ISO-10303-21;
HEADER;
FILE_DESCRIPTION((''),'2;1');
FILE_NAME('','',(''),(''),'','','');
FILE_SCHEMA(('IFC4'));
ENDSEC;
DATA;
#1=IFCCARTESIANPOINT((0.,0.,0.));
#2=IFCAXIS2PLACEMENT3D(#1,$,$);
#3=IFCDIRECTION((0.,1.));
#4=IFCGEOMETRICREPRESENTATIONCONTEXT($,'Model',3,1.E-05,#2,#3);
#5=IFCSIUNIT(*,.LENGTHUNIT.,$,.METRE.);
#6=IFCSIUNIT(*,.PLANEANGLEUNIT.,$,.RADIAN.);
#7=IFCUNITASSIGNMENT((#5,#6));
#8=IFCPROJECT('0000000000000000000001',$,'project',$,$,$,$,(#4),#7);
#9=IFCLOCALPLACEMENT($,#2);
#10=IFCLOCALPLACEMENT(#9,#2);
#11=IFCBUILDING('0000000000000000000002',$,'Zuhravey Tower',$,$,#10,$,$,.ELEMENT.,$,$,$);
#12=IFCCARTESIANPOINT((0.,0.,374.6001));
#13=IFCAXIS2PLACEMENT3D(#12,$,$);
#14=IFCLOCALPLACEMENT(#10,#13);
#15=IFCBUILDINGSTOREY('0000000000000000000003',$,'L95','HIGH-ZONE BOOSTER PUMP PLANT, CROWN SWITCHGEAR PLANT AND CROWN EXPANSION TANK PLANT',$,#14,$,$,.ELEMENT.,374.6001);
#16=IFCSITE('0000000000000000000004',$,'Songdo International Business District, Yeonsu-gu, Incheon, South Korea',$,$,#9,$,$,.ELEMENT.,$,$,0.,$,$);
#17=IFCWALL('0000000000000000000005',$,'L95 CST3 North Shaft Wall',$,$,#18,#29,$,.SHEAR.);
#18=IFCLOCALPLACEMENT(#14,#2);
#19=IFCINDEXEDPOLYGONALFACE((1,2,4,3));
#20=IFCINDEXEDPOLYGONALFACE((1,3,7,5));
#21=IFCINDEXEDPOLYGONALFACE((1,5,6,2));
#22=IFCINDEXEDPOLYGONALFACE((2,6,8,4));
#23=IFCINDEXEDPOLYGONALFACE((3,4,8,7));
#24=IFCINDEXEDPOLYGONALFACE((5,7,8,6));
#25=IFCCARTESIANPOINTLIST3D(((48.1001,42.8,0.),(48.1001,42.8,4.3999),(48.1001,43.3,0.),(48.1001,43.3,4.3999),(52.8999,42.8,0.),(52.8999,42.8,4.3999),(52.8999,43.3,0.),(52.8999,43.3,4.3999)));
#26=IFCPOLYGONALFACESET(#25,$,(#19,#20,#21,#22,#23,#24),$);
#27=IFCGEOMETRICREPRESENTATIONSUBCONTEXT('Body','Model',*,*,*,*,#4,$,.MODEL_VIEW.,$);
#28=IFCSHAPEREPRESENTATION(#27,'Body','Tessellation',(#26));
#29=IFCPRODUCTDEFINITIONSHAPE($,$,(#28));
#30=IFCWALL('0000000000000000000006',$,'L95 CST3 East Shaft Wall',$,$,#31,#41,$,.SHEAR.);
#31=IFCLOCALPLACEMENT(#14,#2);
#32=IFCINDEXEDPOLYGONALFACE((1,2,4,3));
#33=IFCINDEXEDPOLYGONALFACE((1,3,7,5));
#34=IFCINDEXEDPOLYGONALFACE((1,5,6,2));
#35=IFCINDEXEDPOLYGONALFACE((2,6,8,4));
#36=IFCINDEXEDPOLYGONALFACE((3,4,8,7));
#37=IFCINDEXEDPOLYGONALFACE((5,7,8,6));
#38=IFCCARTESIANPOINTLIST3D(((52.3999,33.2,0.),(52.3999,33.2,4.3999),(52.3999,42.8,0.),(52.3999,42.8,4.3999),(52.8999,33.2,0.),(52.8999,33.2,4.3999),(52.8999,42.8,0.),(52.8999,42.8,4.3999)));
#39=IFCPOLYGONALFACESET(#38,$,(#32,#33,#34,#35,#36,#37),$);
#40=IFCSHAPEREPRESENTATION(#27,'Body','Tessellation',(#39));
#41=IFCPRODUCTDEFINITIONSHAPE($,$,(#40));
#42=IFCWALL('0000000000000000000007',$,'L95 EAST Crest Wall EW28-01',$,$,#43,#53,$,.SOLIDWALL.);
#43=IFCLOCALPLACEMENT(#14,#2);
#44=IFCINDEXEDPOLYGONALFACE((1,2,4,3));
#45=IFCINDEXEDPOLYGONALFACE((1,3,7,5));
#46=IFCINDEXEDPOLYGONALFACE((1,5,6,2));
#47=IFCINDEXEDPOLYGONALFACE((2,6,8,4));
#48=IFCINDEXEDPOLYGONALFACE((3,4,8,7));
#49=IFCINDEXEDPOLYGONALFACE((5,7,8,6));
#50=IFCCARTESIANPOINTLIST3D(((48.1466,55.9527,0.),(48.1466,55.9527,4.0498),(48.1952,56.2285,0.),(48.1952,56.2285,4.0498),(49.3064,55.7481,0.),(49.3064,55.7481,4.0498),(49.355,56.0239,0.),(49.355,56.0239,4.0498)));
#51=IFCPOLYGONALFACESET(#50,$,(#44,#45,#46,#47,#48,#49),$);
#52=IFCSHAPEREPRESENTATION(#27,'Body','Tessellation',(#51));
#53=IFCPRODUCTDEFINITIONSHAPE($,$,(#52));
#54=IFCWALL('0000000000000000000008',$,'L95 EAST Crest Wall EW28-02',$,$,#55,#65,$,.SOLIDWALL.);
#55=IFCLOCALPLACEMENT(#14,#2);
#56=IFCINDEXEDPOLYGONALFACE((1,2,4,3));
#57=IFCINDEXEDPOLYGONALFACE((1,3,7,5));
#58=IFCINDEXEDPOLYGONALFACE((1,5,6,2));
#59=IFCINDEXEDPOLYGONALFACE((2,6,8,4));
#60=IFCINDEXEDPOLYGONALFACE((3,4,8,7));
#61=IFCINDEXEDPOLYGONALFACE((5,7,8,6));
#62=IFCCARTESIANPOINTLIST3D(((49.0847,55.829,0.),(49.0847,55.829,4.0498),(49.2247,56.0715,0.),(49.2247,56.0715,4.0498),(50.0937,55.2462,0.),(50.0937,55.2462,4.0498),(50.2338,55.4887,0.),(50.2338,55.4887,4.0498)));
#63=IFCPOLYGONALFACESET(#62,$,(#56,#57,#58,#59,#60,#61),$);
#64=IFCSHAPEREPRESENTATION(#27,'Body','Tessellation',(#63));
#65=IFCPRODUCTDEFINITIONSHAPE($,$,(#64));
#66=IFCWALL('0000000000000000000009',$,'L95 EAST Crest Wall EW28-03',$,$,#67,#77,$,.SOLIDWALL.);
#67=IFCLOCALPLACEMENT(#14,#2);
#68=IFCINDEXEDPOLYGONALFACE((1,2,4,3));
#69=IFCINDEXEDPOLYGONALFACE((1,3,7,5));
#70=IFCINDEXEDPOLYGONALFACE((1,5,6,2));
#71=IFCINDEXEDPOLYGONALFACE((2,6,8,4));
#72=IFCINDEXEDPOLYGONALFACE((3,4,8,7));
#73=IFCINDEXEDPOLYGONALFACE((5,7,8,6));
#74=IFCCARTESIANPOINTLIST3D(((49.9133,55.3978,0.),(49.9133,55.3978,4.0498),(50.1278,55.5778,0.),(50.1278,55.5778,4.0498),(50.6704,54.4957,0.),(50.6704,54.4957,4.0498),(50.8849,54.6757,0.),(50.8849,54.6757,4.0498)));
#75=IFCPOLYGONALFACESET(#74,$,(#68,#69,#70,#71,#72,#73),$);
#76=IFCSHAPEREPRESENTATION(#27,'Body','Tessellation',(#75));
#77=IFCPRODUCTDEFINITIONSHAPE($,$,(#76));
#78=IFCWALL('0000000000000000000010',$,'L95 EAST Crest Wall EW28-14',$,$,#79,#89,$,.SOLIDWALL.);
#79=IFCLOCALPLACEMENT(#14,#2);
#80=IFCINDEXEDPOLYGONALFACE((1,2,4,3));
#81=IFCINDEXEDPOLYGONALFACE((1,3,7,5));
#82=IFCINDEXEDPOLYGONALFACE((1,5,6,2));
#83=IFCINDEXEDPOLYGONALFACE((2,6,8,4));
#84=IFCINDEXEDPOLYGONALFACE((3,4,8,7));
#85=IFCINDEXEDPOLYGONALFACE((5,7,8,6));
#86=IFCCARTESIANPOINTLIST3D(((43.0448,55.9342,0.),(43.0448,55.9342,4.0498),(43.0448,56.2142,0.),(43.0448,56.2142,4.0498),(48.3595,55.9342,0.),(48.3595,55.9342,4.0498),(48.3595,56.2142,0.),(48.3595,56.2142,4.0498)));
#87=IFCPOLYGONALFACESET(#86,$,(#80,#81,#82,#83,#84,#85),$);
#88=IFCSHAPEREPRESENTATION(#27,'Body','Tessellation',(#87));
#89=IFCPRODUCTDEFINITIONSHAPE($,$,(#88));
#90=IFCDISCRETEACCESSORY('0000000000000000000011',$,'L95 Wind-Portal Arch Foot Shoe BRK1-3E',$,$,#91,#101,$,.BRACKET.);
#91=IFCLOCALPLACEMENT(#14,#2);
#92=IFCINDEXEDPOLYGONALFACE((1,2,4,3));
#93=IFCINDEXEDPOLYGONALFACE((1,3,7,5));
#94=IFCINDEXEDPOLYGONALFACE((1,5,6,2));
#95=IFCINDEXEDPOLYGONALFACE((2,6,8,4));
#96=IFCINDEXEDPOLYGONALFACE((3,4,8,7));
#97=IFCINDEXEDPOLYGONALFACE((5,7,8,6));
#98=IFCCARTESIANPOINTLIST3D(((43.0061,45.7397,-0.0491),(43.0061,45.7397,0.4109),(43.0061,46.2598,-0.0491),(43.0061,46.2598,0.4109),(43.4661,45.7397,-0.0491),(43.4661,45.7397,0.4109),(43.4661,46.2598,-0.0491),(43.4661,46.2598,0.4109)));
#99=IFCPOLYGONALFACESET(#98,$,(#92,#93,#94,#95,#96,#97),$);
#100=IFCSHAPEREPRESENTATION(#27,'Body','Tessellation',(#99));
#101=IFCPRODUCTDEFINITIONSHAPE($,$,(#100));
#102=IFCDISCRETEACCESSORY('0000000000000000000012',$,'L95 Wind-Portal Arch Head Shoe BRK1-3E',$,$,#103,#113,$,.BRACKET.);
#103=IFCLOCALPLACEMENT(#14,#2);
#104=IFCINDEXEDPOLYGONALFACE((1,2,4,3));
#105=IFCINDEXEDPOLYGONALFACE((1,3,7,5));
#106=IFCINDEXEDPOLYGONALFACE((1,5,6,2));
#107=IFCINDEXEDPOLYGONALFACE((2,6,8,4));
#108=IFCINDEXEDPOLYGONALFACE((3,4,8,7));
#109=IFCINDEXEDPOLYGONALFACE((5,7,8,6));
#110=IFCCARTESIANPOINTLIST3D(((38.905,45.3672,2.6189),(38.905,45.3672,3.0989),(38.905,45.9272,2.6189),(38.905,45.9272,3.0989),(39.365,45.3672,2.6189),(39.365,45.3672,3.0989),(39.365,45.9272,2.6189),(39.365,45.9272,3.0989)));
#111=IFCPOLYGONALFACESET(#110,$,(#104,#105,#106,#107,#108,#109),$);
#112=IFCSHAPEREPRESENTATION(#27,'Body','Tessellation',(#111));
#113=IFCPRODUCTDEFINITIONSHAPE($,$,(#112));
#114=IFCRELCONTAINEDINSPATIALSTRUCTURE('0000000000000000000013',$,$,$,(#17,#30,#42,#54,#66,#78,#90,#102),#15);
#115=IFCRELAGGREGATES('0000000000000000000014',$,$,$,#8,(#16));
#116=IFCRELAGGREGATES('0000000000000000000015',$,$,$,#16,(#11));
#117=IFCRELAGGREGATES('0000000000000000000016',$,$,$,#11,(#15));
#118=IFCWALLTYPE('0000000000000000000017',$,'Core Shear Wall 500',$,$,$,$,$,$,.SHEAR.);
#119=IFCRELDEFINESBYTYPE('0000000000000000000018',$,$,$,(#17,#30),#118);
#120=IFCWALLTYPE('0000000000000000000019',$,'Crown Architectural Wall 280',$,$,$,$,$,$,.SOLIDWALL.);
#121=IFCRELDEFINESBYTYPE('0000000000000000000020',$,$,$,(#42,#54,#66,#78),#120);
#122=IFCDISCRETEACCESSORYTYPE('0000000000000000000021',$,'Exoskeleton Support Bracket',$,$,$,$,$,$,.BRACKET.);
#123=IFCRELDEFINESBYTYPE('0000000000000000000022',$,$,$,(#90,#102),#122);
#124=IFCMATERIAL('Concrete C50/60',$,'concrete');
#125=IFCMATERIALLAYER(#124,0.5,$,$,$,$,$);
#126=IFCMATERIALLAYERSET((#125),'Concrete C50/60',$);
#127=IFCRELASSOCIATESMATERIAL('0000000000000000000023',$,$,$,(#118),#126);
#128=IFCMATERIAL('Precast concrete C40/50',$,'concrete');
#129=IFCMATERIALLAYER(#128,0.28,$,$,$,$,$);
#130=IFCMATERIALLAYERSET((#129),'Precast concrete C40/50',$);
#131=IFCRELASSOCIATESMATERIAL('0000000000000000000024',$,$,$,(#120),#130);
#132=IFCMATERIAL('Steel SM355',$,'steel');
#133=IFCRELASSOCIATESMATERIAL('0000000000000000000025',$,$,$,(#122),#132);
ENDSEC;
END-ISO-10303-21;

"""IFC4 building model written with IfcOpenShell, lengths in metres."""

from ifc_helpers import new_model, si_unit, direction, frame, frame_2d, origin, origin_2d, place, context, subcontext, project, spatial, rectangle, extrude, material, layer, layer_set, type_object, element, save


model = new_model("IFC4")

# Units and contexts
model_context = context("Model", 3, precision=1e-05, world=origin(), true_north=direction((0.0, 1.0)))
body_context = subcontext(model_context, "Body", "Model", "MODEL_VIEW")
ifc_project = project(units=[si_unit("LENGTHUNIT", "METRE"), si_unit("PLANEANGLEUNIT", "RADIAN")], contexts=[model_context])

# Site, building, storey
site_placement = place(None, origin())
site = spatial("IfcSite", under=ifc_project, at=site_placement, Name="Songdo International Business District, Yeonsu-gu, Incheon, South Korea", CompositionType="ELEMENT", RefElevation=0.0)
building_placement = place(site_placement, origin())
building = spatial("IfcBuilding", under=site, at=building_placement, Name="Zuhravey Tower", CompositionType="ELEMENT")
storey_placement = place(building_placement, frame((0.0, 0.0, 374.6001)))
storey = spatial("IfcBuildingStorey", under=building, at=storey_placement, Name="L95", Description="HIGH-ZONE BOOSTER PUMP PLANT, CROWN SWITCHGEAR PLANT AND CROWN EXPANSION TANK PLANT", CompositionType="ELEMENT", Elevation=374.6001)

# Shared definitions
ifc_material_1 = material(Name="Steel SM355", Category="steel")

# Walls
ifc_material_2 = material(Name="Concrete C50/60", Category="concrete")
ifc_layer_1 = layer(ifc_material_2, 0.5)
ifc_layer_set_1 = layer_set([ifc_layer_1], Name="Concrete C50/60")
wall_type_1 = type_object("IfcWallType", Name="Core Shear Wall 500", PredefinedType="SHEAR", material=ifc_layer_set_1)
wall_1_placement = place(storey_placement, frame((52.8999, 43.05, 0.0), z_axis=(0.0, 0.0, 1.0), x_axis=(-1.0, 0.0, 0.0)))
element("IfcWall", 1, at=wall_1_placement, inside=storey, type_object=wall_type_1, Name="L95 CST3 North Shaft Wall", PredefinedType="SHEAR", context=body_context, shape_type="SweptSolid", body=[
    extrude(rectangle(XDim=4.7998, YDim=0.5, at=frame_2d((2.3999, 0.0))), origin(), (0.0, 0.0, 1.0), 4.3999),
])
wall_2_placement = place(storey_placement, frame((52.6499, 42.8, 0.0), z_axis=(0.0, 0.0, 1.0), x_axis=(0.0, -1.0, 0.0)))
element("IfcWall", 2, at=wall_2_placement, inside=storey, type_object=wall_type_1, Name="L95 CST3 East Shaft Wall", PredefinedType="SHEAR", context=body_context, shape_type="SweptSolid", body=[
    extrude(rectangle(XDim=9.6001, YDim=0.5, at=frame_2d((4.8, 0.0))), origin(), (0.0, 0.0, 1.0), 4.3999),
])
ifc_material_3 = material(Name="Precast concrete C40/50", Category="concrete")
ifc_layer_2 = layer(ifc_material_3, 0.28)
ifc_layer_set_2 = layer_set([ifc_layer_2], Name="Precast concrete C40/50")
wall_type_2 = type_object("IfcWallType", Name="Crown Architectural Wall 280", PredefinedType="SOLIDWALL", material=ifc_layer_set_2)
wall_3_placement = place(storey_placement, frame((48.1709, 56.0906, 0.0), z_axis=(0.0, 0.0, 1.0), x_axis=(0.984798, -0.173703, 0.0)))
element("IfcWall", 3, at=wall_3_placement, inside=storey, type_object=wall_type_2, Name="L95 EAST Crest Wall EW28-01", PredefinedType="SOLIDWALL", context=body_context, shape_type="SweptSolid", body=[
    extrude(rectangle(XDim=1.1777, YDim=0.28, at=frame_2d((0.5889, 0.0))), origin(), (0.0, 0.0, 1.0), 4.0498),
])
wall_4_placement = place(storey_placement, frame((49.1548, 55.9502, 0.0), z_axis=(0.0, 0.0, 1.0), x_axis=(0.865952, -0.500127, 0.0)))
element("IfcWall", 4, at=wall_4_placement, inside=storey, type_object=wall_type_2, Name="L95 EAST Crest Wall EW28-02", PredefinedType="SOLIDWALL", context=body_context, shape_type="SweptSolid", body=[
    extrude(rectangle(XDim=1.1653, YDim=0.28, at=frame_2d((0.5825, 0.0))), origin(), (0.0, 0.0, 1.0), 4.0498),
])
wall_5_placement = place(storey_placement, frame((50.0205, 55.4878, 0.0), z_axis=(0.0, 0.0, 1.0), x_axis=(0.642852, -0.765991, 0.0)))
element("IfcWall", 5, at=wall_5_placement, inside=storey, type_object=wall_type_2, Name="L95 EAST Crest Wall EW28-03", PredefinedType="SOLIDWALL", context=body_context, shape_type="SweptSolid", body=[
    extrude(rectangle(XDim=1.1777, YDim=0.28, at=frame_2d((0.5889, 0.0))), origin(), (0.0, 0.0, 1.0), 4.0498),
])
wall_6_placement = place(storey_placement, frame((43.0449, 56.0742, 0.0), z_axis=(0.0, 0.0, 1.0), x_axis=(1.0, 0.0, 0.0)))
element("IfcWall", 6, at=wall_6_placement, inside=storey, type_object=wall_type_2, Name="L95 EAST Crest Wall EW28-14", PredefinedType="SOLIDWALL", context=body_context, shape_type="SweptSolid", body=[
    extrude(rectangle(XDim=5.3147, YDim=0.28, at=frame_2d((2.6572, 0.0))), origin(), (0.0, 0.0, 1.0), 4.0498),
])

# Discrete accessories
discrete_accessory_type = type_object("IfcDiscreteAccessoryType", Name="Exoskeleton Support Bracket", PredefinedType="BRACKET", material=ifc_material_1)
discrete_accessory_1_placement = place(storey_placement, frame((43.2361, 45.9998, -0.0491), z_axis=(0.0, 0.0, 1.0), x_axis=(1.0, 0.0, 0.0)))
element("IfcDiscreteAccessory", 7, at=discrete_accessory_1_placement, inside=storey, type_object=discrete_accessory_type, Name="L95 Wind-Portal Arch Foot Shoe BRK1-3E", PredefinedType="BRACKET", context=body_context, shape_type="SweptSolid", body=[
    extrude(rectangle(XDim=0.46, YDim=0.52, at=origin_2d()), origin(), (0.0, 0.0, 1.0), 0.46),
])
discrete_accessory_2_placement = place(storey_placement, frame((39.135, 45.6472, 2.6189), z_axis=(0.0, 0.0, 1.0), x_axis=(1.0, 0.0, 0.0)))
element("IfcDiscreteAccessory", 8, at=discrete_accessory_2_placement, inside=storey, type_object=discrete_accessory_type, Name="L95 Wind-Portal Arch Head Shoe BRK1-3E", PredefinedType="BRACKET", context=body_context, shape_type="SweptSolid", body=[
    extrude(rectangle(XDim=0.46, YDim=0.5601, at=origin_2d()), origin(), (0.0, 0.0, 1.0), 0.48),
])

save(model, "model.ifc")
